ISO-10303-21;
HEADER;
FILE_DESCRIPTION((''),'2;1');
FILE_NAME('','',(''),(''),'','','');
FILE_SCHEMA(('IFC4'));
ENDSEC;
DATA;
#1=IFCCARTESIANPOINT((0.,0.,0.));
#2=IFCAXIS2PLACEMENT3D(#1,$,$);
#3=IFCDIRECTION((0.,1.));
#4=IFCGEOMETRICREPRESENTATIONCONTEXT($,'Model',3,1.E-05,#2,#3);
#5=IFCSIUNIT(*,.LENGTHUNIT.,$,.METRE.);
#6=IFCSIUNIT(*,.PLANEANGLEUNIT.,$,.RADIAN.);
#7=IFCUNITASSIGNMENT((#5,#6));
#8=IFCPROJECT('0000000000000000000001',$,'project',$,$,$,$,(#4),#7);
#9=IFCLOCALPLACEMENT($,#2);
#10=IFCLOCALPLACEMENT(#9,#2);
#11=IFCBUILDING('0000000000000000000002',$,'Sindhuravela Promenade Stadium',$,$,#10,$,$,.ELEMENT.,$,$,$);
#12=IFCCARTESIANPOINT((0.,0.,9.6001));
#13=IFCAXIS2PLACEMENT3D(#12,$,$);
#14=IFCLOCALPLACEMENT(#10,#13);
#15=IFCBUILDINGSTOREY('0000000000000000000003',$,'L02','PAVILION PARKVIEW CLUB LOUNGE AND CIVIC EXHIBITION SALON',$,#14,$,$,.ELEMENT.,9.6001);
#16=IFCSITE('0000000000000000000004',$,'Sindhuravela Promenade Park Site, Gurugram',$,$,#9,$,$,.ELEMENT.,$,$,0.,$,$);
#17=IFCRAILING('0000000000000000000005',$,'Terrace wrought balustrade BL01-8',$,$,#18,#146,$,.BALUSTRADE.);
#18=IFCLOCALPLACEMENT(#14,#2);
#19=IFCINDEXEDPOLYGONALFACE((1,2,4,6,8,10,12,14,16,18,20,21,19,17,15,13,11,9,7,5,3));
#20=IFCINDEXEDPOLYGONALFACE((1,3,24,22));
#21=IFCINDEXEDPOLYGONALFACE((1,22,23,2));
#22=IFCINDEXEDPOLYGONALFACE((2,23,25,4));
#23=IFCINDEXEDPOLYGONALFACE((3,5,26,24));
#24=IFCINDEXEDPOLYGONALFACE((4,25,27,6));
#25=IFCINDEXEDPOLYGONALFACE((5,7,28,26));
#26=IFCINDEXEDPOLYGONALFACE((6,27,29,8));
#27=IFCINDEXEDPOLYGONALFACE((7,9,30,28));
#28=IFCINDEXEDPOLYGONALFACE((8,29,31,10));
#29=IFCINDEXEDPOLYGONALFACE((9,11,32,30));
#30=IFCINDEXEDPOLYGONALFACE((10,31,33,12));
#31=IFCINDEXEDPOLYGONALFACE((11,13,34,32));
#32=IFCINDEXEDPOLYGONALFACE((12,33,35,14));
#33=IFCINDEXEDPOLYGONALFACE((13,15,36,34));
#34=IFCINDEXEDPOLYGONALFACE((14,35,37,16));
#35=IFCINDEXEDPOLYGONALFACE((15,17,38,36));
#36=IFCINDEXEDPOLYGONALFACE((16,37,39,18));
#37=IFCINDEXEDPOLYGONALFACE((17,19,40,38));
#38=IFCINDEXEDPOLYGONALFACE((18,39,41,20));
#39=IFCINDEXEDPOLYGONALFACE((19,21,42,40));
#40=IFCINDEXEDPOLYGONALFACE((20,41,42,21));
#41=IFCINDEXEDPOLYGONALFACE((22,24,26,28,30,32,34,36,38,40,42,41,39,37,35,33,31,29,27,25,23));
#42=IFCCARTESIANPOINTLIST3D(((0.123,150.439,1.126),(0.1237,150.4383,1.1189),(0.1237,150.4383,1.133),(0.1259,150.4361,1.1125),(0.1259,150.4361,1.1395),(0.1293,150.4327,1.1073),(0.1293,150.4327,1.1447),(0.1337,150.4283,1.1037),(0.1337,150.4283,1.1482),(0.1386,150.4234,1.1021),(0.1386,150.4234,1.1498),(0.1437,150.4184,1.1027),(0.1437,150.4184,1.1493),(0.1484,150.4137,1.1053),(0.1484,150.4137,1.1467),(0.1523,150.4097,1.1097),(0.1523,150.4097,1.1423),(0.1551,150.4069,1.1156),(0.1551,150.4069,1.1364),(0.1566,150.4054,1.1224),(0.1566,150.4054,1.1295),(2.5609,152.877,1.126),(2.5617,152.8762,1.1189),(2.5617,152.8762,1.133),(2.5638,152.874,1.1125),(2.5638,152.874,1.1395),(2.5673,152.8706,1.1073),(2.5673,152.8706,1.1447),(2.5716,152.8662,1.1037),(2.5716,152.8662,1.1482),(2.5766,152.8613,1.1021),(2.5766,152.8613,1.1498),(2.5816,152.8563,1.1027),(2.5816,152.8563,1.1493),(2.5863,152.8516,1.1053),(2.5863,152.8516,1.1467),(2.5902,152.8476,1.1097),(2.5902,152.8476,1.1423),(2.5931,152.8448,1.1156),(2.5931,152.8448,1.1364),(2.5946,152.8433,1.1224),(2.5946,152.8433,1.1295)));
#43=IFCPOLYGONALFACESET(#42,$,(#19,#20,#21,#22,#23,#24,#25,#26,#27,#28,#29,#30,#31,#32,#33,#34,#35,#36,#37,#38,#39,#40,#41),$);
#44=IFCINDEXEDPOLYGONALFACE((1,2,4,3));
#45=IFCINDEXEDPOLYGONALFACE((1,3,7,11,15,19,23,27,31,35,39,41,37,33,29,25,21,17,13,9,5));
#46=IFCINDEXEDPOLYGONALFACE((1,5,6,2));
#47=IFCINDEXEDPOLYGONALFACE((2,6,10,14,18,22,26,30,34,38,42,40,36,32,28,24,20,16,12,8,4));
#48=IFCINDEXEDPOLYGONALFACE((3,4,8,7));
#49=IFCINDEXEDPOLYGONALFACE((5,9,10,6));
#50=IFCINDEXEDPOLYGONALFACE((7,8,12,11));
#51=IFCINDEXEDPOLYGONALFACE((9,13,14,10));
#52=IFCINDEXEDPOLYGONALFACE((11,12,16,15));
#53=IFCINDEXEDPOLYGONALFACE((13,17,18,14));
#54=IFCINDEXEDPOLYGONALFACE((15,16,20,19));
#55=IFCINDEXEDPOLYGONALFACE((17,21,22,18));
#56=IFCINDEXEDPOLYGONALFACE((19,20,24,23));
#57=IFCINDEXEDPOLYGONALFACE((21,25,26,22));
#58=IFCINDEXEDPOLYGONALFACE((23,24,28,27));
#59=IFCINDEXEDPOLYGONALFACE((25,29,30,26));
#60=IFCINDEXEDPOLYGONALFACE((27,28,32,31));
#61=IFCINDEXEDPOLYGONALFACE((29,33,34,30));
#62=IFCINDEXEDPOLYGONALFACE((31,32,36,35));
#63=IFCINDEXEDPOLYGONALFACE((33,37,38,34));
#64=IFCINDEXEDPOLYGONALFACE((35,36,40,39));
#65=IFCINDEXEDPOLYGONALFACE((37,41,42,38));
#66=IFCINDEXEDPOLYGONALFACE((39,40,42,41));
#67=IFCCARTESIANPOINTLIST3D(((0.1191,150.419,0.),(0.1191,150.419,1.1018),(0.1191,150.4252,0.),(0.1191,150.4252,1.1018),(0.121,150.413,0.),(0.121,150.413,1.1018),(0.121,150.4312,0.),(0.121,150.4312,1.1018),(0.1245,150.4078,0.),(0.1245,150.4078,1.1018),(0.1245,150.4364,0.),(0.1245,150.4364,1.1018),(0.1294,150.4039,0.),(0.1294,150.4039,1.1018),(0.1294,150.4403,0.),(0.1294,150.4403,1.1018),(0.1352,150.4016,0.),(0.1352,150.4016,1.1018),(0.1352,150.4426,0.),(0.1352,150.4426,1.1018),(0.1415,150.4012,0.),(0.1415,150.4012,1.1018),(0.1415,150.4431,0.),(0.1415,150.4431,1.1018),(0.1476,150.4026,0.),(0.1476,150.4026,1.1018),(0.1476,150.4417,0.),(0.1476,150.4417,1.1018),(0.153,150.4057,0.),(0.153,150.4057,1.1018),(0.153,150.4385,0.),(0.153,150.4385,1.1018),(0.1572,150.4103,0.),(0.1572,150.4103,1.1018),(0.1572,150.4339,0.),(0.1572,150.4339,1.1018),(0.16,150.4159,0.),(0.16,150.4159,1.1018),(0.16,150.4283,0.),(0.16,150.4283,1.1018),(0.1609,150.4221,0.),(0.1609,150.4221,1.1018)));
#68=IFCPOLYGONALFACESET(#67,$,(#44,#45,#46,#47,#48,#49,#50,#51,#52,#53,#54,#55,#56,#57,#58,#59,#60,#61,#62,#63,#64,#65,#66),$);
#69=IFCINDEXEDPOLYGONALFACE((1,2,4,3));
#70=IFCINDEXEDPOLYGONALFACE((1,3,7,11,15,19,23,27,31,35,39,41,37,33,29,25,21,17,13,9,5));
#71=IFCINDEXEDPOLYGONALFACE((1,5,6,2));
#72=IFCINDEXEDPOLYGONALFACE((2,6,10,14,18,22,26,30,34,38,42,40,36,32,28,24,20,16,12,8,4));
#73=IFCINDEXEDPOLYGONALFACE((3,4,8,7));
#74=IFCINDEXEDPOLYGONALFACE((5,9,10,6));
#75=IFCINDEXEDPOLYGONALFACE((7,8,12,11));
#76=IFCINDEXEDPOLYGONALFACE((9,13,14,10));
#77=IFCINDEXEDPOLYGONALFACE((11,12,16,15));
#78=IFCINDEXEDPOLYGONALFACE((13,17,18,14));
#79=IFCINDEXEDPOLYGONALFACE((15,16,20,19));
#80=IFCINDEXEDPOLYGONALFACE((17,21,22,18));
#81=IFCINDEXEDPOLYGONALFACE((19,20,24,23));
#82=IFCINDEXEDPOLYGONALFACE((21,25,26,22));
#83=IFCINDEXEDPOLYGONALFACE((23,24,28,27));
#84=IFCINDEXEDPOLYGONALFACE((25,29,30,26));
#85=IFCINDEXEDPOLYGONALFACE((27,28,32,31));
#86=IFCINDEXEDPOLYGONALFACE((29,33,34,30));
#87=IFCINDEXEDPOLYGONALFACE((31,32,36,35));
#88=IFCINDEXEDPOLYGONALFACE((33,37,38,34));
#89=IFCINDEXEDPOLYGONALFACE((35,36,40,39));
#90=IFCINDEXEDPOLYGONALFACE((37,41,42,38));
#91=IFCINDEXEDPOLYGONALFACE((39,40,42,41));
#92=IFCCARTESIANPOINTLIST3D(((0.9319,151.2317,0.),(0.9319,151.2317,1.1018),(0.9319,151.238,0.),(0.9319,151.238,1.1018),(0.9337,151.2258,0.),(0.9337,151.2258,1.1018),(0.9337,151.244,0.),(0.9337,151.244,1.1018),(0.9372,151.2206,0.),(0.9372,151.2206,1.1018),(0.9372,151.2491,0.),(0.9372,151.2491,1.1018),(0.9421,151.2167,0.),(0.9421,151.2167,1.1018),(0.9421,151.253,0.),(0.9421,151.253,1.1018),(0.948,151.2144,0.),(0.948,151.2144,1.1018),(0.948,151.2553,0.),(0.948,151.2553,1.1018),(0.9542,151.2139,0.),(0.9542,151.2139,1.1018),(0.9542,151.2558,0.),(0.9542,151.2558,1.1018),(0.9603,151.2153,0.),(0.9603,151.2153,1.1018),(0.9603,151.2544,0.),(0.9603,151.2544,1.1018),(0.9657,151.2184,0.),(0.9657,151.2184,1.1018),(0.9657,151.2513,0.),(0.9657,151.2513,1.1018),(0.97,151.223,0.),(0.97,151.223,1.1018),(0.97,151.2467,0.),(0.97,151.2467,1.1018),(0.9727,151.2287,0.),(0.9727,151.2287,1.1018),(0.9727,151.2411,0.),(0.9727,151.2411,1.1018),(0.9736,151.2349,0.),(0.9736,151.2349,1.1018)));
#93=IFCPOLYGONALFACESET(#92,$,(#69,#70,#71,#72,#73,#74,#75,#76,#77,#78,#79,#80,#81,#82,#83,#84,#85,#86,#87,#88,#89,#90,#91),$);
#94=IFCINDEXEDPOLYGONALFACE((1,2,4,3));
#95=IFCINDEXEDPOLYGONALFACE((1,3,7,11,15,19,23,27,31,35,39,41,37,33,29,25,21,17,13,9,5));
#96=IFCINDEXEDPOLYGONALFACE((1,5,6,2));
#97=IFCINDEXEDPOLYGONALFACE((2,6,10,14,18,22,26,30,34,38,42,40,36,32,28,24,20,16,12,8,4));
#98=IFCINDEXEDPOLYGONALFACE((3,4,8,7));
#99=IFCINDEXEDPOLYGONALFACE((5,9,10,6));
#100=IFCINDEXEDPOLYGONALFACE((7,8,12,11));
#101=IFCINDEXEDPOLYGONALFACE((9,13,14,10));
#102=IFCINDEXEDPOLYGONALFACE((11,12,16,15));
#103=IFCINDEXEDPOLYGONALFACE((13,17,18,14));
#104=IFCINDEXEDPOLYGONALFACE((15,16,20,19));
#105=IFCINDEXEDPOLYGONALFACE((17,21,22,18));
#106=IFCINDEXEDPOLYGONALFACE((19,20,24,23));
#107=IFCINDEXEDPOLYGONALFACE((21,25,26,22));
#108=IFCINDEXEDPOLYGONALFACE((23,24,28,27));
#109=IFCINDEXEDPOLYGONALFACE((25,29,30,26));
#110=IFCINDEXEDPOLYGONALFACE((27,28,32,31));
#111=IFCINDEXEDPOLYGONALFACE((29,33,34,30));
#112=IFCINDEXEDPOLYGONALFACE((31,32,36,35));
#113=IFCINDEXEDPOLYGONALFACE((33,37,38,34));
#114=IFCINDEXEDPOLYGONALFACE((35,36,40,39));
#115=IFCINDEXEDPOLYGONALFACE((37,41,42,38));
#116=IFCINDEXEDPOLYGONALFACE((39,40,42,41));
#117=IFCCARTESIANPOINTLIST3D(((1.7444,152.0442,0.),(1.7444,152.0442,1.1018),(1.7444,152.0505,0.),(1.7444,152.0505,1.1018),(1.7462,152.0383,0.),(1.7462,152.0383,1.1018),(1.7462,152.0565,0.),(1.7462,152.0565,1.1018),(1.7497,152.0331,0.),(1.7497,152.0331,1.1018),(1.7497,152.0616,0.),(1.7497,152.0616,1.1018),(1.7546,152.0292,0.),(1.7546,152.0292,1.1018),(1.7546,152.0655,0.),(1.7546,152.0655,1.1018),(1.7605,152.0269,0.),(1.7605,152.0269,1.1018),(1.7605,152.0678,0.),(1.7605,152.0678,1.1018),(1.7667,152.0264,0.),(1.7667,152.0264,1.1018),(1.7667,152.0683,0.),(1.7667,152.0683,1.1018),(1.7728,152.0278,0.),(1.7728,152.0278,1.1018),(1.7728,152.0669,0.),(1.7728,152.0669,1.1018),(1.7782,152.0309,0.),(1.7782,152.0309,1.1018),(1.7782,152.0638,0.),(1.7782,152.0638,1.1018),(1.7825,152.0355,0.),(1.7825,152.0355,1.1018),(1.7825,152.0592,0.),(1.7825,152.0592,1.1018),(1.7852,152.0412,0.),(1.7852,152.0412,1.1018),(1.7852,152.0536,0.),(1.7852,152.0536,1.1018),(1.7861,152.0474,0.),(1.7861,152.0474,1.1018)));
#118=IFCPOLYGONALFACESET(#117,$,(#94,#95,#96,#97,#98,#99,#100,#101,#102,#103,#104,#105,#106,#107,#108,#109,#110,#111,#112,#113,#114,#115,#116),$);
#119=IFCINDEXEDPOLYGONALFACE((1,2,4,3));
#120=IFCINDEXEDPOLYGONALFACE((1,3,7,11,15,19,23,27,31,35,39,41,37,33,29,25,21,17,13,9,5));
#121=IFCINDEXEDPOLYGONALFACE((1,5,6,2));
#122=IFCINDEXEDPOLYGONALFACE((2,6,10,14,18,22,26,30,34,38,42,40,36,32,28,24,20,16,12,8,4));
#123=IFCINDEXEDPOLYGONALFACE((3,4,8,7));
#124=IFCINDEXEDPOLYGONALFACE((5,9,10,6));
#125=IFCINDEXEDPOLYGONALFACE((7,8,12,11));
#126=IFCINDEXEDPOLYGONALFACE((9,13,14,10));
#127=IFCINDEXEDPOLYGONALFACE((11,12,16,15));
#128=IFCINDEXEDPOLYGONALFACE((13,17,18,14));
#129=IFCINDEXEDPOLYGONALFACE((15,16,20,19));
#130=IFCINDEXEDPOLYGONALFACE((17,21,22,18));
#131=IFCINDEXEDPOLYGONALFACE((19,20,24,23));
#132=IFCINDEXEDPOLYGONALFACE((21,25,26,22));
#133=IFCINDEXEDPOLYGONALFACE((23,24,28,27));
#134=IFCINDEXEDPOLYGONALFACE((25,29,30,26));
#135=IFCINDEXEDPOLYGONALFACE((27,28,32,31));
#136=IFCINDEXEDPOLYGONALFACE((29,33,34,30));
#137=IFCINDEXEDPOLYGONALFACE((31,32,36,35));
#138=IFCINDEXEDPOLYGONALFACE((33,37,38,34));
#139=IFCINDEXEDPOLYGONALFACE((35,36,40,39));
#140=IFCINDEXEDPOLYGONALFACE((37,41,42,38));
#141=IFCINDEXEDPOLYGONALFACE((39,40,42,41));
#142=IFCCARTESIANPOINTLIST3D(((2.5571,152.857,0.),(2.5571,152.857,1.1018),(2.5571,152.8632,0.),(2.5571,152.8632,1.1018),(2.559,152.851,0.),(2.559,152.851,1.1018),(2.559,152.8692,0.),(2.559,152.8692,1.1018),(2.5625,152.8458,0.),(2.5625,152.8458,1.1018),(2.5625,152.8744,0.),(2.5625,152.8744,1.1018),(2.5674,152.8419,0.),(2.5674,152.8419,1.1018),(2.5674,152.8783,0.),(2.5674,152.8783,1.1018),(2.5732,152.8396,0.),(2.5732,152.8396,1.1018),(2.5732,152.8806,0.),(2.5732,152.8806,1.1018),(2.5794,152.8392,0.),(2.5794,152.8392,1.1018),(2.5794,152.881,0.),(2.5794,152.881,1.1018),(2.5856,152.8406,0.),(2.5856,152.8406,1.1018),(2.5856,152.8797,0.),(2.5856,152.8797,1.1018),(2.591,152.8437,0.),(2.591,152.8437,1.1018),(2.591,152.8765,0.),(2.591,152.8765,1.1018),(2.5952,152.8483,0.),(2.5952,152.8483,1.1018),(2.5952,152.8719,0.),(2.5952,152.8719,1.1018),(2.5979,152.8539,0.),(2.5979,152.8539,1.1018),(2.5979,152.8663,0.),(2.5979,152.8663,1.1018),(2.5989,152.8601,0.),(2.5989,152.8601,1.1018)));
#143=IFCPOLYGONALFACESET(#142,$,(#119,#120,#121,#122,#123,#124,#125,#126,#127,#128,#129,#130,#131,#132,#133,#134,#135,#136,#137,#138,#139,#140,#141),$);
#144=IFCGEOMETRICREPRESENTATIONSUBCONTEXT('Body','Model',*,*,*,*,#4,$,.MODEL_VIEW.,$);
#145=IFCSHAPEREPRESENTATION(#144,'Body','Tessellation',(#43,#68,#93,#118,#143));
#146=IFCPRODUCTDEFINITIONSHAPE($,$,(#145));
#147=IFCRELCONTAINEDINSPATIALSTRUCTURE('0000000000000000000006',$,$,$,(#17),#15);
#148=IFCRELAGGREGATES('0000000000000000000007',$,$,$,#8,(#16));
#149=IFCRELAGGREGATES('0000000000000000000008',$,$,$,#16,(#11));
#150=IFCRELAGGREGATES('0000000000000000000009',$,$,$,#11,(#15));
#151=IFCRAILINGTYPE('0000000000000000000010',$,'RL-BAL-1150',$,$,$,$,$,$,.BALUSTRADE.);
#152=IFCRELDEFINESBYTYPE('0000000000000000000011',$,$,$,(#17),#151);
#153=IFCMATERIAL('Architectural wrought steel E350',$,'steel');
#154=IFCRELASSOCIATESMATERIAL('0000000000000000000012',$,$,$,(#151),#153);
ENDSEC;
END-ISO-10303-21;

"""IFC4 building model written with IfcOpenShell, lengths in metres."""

from ifc_helpers import new_model, si_unit, direction, frame, origin, origin_2d, place, context, subcontext, project, spatial, circle, extrude, material, type_object, element, save


model = new_model("IFC4")

# Units and contexts
model_context = context("Model", 3, precision=1e-05, world=origin(), true_north=direction((0.0, 1.0)))
body_context = subcontext(model_context, "Body", "Model", "MODEL_VIEW")
ifc_project = project(units=[si_unit("LENGTHUNIT", "METRE"), si_unit("PLANEANGLEUNIT", "RADIAN")], contexts=[model_context])

# Site, building, storey
site_placement = place(None, origin())
site = spatial("IfcSite", under=ifc_project, at=site_placement, Name="Sindhuravela Promenade Park Site, Gurugram", CompositionType="ELEMENT", RefElevation=0.0)
building_placement = place(site_placement, origin())
building = spatial("IfcBuilding", under=site, at=building_placement, Name="Sindhuravela Promenade Stadium", CompositionType="ELEMENT")
storey_placement = place(building_placement, frame((0.0, 0.0, 9.6001)))
storey = spatial("IfcBuildingStorey", under=building, at=storey_placement, Name="L02", Description="PAVILION PARKVIEW CLUB LOUNGE AND CIVIC EXHIBITION SALON", CompositionType="ELEMENT", Elevation=9.6001)

# Railing
ifc_material_1 = material(Name="Architectural wrought steel E350", Category="steel")
railing_type = type_object("IfcRailingType", Name="RL-BAL-1150", PredefinedType="BALUSTRADE", material=ifc_material_1)
railing_1_placement = place(storey_placement, frame((0.1399, 150.4221, 0.0)))
element("IfcRailing", 1, at=railing_1_placement, inside=storey, type_object=railing_type, Name="Terrace wrought balustrade BL01-8", PredefinedType="BALUSTRADE", context=body_context, shape_type="SweptSolid", body=[
    extrude(circle(Radius=0.0239, at=origin_2d()), frame((0.0, 0.0, 1.126), z_axis=(0.707107, 0.707107, 0.0), x_axis=(-0.707107, 0.707107, 0.0)), (0.0, 0.0, 1.0), 3.4478),
    extrude(circle(Radius=0.021, at=origin_2d()), origin(), (0.0, 0.0, 1.0), 1.1018),
    extrude(circle(Radius=0.021, at=origin_2d()), frame((0.8127, 0.8127, 0.0)), (0.0, 0.0, 1.0), 1.1018),
    extrude(circle(Radius=0.021, at=origin_2d()), frame((1.6252, 1.6252, 0.0)), (0.0, 0.0, 1.0), 1.1018),
    extrude(circle(Radius=0.021, at=origin_2d()), frame((2.438, 2.438, 0.0)), (0.0, 0.0, 1.0), 1.1018),
])

save(model, "model.ifc")
